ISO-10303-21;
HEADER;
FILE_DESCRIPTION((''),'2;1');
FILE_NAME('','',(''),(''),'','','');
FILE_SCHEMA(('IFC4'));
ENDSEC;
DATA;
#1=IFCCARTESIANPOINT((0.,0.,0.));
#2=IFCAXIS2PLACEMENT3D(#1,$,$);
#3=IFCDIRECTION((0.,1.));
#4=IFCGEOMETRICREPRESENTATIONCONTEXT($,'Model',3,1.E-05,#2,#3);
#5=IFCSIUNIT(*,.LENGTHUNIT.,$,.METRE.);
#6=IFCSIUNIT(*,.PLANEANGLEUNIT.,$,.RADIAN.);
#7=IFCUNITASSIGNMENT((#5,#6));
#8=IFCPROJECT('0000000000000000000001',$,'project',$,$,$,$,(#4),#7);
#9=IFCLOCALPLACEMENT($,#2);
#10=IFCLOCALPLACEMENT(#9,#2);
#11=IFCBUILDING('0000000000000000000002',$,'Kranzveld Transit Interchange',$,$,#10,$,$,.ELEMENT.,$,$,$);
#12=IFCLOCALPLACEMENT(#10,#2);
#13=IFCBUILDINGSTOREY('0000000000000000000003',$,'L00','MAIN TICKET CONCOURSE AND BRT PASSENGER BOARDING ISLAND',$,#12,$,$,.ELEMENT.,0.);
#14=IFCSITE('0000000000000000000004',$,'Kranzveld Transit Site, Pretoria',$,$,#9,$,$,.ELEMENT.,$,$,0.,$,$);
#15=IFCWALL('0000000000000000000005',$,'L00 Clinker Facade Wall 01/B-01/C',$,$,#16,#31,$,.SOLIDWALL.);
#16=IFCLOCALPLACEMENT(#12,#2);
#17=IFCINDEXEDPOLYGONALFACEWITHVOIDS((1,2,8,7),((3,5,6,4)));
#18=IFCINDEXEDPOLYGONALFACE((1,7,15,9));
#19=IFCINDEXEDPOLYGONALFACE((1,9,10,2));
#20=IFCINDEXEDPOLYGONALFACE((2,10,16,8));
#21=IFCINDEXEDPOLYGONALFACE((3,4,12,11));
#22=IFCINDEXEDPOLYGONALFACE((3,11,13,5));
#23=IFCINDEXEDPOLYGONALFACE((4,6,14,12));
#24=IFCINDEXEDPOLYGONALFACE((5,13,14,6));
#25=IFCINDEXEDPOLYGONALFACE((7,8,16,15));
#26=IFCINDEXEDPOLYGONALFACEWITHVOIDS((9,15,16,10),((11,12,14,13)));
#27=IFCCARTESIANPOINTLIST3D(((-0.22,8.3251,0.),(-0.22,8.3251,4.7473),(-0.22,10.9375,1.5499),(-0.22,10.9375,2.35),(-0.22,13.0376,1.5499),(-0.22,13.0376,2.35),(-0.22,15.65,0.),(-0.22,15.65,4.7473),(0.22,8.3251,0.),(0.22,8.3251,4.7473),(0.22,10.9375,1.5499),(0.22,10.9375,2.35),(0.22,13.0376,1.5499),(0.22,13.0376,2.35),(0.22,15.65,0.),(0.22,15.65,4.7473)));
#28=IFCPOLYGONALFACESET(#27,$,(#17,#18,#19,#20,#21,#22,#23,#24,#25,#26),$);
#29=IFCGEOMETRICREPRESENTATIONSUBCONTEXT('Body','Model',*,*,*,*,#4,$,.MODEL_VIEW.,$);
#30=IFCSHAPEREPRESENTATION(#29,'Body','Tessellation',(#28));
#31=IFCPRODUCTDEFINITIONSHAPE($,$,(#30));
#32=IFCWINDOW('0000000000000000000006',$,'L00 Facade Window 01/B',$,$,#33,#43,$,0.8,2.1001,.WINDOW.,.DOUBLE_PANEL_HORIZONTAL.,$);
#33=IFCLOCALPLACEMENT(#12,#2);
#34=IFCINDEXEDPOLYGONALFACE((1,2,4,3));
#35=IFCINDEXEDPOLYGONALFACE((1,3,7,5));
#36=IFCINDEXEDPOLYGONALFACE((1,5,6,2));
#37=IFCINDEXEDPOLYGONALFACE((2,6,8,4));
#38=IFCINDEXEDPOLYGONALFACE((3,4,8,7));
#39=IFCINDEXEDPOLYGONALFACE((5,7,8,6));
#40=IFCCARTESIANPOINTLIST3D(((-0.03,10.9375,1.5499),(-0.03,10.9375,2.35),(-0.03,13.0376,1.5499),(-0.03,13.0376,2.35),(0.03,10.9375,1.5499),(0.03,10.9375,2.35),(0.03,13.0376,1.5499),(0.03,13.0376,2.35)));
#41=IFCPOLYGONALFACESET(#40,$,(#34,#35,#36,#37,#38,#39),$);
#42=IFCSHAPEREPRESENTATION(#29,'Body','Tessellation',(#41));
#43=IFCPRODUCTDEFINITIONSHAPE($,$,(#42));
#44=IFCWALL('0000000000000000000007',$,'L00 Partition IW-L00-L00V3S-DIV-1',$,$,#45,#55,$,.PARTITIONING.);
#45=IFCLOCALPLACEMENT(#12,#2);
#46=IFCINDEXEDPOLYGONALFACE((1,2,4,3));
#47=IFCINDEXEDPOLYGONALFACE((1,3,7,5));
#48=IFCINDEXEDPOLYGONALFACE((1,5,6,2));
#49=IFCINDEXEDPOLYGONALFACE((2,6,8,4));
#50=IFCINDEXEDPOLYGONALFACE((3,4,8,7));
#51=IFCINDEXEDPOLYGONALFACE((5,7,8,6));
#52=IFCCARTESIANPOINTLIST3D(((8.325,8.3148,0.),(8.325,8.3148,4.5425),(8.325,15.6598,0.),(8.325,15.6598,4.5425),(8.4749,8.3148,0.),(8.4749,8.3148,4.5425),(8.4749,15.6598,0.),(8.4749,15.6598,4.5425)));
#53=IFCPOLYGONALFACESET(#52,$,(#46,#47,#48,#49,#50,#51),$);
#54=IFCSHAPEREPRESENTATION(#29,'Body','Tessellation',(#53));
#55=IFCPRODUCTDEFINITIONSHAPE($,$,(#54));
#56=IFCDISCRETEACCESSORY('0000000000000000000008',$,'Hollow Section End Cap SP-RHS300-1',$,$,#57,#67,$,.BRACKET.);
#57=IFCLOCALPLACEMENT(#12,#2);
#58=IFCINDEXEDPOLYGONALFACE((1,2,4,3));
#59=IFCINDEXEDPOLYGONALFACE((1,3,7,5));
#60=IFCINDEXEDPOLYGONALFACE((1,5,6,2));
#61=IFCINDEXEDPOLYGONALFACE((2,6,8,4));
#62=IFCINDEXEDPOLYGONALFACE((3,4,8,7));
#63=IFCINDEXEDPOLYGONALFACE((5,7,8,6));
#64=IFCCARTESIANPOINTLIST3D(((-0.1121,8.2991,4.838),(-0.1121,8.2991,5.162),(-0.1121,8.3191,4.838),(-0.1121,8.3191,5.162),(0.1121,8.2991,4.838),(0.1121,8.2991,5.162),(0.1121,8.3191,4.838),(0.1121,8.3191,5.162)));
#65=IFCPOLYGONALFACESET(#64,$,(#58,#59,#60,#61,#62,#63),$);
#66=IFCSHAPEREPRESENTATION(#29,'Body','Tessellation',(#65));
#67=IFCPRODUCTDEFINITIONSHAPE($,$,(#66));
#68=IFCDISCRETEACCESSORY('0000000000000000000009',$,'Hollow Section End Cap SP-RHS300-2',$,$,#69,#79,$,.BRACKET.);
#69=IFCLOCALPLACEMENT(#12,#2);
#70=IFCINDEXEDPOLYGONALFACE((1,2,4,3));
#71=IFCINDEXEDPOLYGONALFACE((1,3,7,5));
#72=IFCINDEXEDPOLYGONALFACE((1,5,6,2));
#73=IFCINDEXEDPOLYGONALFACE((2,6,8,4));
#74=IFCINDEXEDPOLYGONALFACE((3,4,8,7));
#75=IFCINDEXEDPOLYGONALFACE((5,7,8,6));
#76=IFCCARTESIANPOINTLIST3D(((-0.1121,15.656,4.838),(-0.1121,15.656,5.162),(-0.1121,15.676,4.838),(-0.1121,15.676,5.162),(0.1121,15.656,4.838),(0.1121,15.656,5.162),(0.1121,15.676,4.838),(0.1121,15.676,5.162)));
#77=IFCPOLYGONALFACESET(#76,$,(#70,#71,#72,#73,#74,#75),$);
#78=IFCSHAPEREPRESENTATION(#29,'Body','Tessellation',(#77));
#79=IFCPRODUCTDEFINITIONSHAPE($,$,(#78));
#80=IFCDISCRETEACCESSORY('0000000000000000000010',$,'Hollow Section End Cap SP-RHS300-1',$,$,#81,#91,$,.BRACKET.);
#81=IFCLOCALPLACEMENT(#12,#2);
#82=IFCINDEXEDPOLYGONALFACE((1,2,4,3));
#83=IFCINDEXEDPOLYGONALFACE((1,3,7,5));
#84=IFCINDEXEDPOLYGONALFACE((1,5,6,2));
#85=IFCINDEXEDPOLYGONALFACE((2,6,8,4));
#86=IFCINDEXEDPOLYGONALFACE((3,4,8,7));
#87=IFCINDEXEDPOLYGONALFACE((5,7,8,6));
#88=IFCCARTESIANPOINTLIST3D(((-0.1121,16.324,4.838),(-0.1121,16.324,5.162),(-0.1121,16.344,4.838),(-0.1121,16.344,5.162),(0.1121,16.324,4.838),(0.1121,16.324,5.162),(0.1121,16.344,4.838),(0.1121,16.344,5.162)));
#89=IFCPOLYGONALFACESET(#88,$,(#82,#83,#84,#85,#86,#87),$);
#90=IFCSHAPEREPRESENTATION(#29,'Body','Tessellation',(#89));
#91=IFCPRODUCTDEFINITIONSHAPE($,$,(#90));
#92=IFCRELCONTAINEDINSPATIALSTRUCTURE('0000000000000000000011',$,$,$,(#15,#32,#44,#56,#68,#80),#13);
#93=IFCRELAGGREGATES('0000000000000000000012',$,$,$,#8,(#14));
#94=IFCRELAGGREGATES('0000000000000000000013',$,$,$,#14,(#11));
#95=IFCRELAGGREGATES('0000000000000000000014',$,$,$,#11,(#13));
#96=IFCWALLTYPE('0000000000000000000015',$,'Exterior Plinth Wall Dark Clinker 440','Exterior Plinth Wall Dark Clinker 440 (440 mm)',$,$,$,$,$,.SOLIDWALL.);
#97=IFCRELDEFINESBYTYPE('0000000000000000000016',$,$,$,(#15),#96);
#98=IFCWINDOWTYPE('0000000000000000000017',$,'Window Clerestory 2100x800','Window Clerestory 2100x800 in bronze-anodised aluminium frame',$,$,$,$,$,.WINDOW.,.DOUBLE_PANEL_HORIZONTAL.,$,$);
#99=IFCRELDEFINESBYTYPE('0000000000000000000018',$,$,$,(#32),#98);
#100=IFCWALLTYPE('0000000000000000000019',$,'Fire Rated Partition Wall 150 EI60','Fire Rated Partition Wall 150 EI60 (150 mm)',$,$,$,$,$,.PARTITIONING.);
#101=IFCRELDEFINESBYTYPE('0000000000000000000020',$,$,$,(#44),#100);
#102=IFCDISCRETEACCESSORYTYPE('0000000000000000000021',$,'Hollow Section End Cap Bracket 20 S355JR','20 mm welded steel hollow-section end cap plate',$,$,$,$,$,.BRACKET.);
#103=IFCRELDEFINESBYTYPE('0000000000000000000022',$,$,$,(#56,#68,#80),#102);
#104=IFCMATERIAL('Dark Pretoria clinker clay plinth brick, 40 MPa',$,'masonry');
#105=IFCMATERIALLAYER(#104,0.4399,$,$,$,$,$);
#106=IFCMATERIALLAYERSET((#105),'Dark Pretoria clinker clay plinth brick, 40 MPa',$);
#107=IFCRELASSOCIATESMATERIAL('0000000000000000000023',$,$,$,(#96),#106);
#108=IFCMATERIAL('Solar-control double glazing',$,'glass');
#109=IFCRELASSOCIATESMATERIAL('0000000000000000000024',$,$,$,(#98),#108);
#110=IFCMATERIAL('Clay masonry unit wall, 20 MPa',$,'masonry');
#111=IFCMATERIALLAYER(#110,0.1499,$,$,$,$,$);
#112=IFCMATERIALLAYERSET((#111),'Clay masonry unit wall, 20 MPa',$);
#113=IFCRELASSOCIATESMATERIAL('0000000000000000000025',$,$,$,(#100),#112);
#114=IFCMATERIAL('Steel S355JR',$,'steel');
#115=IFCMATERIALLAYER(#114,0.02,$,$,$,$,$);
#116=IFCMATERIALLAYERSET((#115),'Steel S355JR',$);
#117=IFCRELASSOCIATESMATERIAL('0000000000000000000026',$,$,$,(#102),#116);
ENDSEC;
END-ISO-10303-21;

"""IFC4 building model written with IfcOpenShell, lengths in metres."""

from ifc_helpers import new_model, si_unit, direction, frame, frame_2d, origin, origin_2d, place, context, subcontext, project, spatial, rectangle, extrude, material, layer, layer_set, type_object, element, fill, save


model = new_model("IFC4")

# Units and contexts
model_context = context("Model", 3, precision=1e-05, world=origin(), true_north=direction((0.0, 1.0)))
body_context = subcontext(model_context, "Body", "Model", "MODEL_VIEW")
ifc_project = project(units=[si_unit("LENGTHUNIT", "METRE"), si_unit("PLANEANGLEUNIT", "RADIAN")], contexts=[model_context])

# Site, building, storey
site_placement = place(None, origin())
site = spatial("IfcSite", under=ifc_project, at=site_placement, Name="Kranzveld Transit Site, Pretoria", CompositionType="ELEMENT", RefElevation=0.0)
building_placement = place(site_placement, origin())
building = spatial("IfcBuilding", under=site, at=building_placement, Name="Kranzveld Transit Interchange", CompositionType="ELEMENT")
storey_placement = place(building_placement, origin())
storey = spatial("IfcBuildingStorey", under=building, at=storey_placement, Name="L00", Description="MAIN TICKET CONCOURSE AND BRT PASSENGER BOARDING ISLAND", CompositionType="ELEMENT", Elevation=0.0)

# Wall, opening, window
ifc_material_1 = material(Name="Dark Pretoria clinker clay plinth brick, 40 MPa", Category="masonry")
ifc_layer_1 = layer(ifc_material_1, 0.4399)
ifc_layer_set_1 = layer_set([ifc_layer_1], Name="Dark Pretoria clinker clay plinth brick, 40 MPa")
wall_type_1 = type_object("IfcWallType", Name="Exterior Plinth Wall Dark Clinker 440", Description="Exterior Plinth Wall Dark Clinker 440 (440 mm)", PredefinedType="SOLIDWALL", material=ifc_layer_set_1)
wall_1_placement = place(storey_placement, frame((0.0, 8.325, 0.0), z_axis=(0.0, 0.0, 1.0), x_axis=(0.0, 1.0, 0.0)))
wall_1 = element("IfcWall", 1, at=wall_1_placement, inside=storey, type_object=wall_type_1, Name="L00 Clinker Facade Wall 01/B-01/C", PredefinedType="SOLIDWALL", context=body_context, shape_type="SweptSolid", body=[
    extrude(rectangle(XDim=7.325, YDim=0.4399, at=frame_2d((3.6626, 0.0))), origin(), (0.0, 0.0, 1.0), 4.7473),
])
opening_placement = place(wall_1_placement, frame((2.6125, 0.0, 1.55), z_axis=(0.0, 0.0, 1.0), x_axis=(1.0, 0.0, 0.0)))
opening = element("IfcOpeningElement", 2, at=opening_placement, cuts=wall_1, PredefinedType="OPENING", context=body_context, shape_type="SweptSolid", body=[
    extrude(rectangle(XDim=2.1001, YDim=0.8, at=frame_2d((1.05, 0.3999))), frame((0.0, 0.23, 0.0), z_axis=(0.0, -1.0, 0.0), x_axis=(1.0, 0.0, 0.0)), (0.0, 0.0, 1.0), 0.46),
])
ifc_material_2 = material(Name="Solar-control double glazing", Category="glass")
window_type = type_object("IfcWindowType", Name="Window Clerestory 2100x800", Description="Window Clerestory 2100x800 in bronze-anodised aluminium frame", PartitioningType="DOUBLE_PANEL_HORIZONTAL", PredefinedType="WINDOW", material=ifc_material_2)
window_placement = place(opening_placement, origin())
window = element("IfcWindow", 3, at=window_placement, inside=storey, type_object=window_type, Name="L00 Facade Window 01/B", OverallHeight=0.8, OverallWidth=2.1001, PartitioningType="DOUBLE_PANEL_HORIZONTAL", PredefinedType="WINDOW", context=body_context, shape_type="SweptSolid", body=[
    extrude(rectangle(XDim=2.1001, YDim=0.8, at=frame_2d((1.05, 0.3999))), frame((0.0, 0.03, 0.0), z_axis=(0.0, -1.0, 0.0), x_axis=(1.0, 0.0, 0.0)), (0.0, 0.0, 1.0), 0.0601),
])
fill(opening, window)

# Wall
ifc_material_3 = material(Name="Clay masonry unit wall, 20 MPa", Category="masonry")
ifc_layer_2 = layer(ifc_material_3, 0.1499)
ifc_layer_set_2 = layer_set([ifc_layer_2], Name="Clay masonry unit wall, 20 MPa")
wall_type_2 = type_object("IfcWallType", Name="Fire Rated Partition Wall 150 EI60", Description="Fire Rated Partition Wall 150 EI60 (150 mm)", PredefinedType="PARTITIONING", material=ifc_layer_set_2)
wall_2_placement = place(storey_placement, frame((8.3999, 8.3149, 0.0), z_axis=(0.0, 0.0, 1.0), x_axis=(0.0, 1.0, 0.0)))
element("IfcWall", 4, at=wall_2_placement, inside=storey, type_object=wall_type_2, Name="L00 Partition IW-L00-L00V3S-DIV-1", PredefinedType="PARTITIONING", context=body_context, shape_type="SweptSolid", body=[
    extrude(rectangle(XDim=7.345, YDim=0.1499, at=frame_2d((3.6724, 0.0))), origin(), (0.0, 0.0, 1.0), 4.5425),
])

# Discrete accessories
ifc_material_4 = material(Name="Steel S355JR", Category="steel")
ifc_layer_3 = layer(ifc_material_4, 0.02)
ifc_layer_set_3 = layer_set([ifc_layer_3], Name="Steel S355JR")
discrete_accessory_type = type_object("IfcDiscreteAccessoryType", Name="Hollow Section End Cap Bracket 20 S355JR", Description="20 mm welded steel hollow-section end cap plate", PredefinedType="BRACKET", material=ifc_layer_set_3)
for number, where, z_axis, x_axis, name in (
    (5, (0.0, 8.3191, 5.0), (0.0, -1.0, 0.0), (1.0, 0.0, 0.0), "Hollow Section End Cap SP-RHS300-1"),
    (6, (0.0, 15.656, 5.0), (0.0, 1.0, 0.0), (-1.0, 0.0, 0.0), "Hollow Section End Cap SP-RHS300-2"),
    (7, (0.0, 16.344, 5.0), (0.0, -1.0, 0.0), (1.0, 0.0, 0.0), "Hollow Section End Cap SP-RHS300-1"),
):
    element("IfcDiscreteAccessory", number, at=place(storey_placement, frame(where, z_axis=z_axis, x_axis=x_axis)), inside=storey, type_object=discrete_accessory_type, Name=name, PredefinedType="BRACKET", context=body_context, shape_type="SweptSolid", body=[
        extrude(rectangle(XDim=0.2241, YDim=0.324, at=origin_2d()), origin(), (0.0, 0.0, 1.0), 0.02),
    ])

save(model, "model.ifc")
